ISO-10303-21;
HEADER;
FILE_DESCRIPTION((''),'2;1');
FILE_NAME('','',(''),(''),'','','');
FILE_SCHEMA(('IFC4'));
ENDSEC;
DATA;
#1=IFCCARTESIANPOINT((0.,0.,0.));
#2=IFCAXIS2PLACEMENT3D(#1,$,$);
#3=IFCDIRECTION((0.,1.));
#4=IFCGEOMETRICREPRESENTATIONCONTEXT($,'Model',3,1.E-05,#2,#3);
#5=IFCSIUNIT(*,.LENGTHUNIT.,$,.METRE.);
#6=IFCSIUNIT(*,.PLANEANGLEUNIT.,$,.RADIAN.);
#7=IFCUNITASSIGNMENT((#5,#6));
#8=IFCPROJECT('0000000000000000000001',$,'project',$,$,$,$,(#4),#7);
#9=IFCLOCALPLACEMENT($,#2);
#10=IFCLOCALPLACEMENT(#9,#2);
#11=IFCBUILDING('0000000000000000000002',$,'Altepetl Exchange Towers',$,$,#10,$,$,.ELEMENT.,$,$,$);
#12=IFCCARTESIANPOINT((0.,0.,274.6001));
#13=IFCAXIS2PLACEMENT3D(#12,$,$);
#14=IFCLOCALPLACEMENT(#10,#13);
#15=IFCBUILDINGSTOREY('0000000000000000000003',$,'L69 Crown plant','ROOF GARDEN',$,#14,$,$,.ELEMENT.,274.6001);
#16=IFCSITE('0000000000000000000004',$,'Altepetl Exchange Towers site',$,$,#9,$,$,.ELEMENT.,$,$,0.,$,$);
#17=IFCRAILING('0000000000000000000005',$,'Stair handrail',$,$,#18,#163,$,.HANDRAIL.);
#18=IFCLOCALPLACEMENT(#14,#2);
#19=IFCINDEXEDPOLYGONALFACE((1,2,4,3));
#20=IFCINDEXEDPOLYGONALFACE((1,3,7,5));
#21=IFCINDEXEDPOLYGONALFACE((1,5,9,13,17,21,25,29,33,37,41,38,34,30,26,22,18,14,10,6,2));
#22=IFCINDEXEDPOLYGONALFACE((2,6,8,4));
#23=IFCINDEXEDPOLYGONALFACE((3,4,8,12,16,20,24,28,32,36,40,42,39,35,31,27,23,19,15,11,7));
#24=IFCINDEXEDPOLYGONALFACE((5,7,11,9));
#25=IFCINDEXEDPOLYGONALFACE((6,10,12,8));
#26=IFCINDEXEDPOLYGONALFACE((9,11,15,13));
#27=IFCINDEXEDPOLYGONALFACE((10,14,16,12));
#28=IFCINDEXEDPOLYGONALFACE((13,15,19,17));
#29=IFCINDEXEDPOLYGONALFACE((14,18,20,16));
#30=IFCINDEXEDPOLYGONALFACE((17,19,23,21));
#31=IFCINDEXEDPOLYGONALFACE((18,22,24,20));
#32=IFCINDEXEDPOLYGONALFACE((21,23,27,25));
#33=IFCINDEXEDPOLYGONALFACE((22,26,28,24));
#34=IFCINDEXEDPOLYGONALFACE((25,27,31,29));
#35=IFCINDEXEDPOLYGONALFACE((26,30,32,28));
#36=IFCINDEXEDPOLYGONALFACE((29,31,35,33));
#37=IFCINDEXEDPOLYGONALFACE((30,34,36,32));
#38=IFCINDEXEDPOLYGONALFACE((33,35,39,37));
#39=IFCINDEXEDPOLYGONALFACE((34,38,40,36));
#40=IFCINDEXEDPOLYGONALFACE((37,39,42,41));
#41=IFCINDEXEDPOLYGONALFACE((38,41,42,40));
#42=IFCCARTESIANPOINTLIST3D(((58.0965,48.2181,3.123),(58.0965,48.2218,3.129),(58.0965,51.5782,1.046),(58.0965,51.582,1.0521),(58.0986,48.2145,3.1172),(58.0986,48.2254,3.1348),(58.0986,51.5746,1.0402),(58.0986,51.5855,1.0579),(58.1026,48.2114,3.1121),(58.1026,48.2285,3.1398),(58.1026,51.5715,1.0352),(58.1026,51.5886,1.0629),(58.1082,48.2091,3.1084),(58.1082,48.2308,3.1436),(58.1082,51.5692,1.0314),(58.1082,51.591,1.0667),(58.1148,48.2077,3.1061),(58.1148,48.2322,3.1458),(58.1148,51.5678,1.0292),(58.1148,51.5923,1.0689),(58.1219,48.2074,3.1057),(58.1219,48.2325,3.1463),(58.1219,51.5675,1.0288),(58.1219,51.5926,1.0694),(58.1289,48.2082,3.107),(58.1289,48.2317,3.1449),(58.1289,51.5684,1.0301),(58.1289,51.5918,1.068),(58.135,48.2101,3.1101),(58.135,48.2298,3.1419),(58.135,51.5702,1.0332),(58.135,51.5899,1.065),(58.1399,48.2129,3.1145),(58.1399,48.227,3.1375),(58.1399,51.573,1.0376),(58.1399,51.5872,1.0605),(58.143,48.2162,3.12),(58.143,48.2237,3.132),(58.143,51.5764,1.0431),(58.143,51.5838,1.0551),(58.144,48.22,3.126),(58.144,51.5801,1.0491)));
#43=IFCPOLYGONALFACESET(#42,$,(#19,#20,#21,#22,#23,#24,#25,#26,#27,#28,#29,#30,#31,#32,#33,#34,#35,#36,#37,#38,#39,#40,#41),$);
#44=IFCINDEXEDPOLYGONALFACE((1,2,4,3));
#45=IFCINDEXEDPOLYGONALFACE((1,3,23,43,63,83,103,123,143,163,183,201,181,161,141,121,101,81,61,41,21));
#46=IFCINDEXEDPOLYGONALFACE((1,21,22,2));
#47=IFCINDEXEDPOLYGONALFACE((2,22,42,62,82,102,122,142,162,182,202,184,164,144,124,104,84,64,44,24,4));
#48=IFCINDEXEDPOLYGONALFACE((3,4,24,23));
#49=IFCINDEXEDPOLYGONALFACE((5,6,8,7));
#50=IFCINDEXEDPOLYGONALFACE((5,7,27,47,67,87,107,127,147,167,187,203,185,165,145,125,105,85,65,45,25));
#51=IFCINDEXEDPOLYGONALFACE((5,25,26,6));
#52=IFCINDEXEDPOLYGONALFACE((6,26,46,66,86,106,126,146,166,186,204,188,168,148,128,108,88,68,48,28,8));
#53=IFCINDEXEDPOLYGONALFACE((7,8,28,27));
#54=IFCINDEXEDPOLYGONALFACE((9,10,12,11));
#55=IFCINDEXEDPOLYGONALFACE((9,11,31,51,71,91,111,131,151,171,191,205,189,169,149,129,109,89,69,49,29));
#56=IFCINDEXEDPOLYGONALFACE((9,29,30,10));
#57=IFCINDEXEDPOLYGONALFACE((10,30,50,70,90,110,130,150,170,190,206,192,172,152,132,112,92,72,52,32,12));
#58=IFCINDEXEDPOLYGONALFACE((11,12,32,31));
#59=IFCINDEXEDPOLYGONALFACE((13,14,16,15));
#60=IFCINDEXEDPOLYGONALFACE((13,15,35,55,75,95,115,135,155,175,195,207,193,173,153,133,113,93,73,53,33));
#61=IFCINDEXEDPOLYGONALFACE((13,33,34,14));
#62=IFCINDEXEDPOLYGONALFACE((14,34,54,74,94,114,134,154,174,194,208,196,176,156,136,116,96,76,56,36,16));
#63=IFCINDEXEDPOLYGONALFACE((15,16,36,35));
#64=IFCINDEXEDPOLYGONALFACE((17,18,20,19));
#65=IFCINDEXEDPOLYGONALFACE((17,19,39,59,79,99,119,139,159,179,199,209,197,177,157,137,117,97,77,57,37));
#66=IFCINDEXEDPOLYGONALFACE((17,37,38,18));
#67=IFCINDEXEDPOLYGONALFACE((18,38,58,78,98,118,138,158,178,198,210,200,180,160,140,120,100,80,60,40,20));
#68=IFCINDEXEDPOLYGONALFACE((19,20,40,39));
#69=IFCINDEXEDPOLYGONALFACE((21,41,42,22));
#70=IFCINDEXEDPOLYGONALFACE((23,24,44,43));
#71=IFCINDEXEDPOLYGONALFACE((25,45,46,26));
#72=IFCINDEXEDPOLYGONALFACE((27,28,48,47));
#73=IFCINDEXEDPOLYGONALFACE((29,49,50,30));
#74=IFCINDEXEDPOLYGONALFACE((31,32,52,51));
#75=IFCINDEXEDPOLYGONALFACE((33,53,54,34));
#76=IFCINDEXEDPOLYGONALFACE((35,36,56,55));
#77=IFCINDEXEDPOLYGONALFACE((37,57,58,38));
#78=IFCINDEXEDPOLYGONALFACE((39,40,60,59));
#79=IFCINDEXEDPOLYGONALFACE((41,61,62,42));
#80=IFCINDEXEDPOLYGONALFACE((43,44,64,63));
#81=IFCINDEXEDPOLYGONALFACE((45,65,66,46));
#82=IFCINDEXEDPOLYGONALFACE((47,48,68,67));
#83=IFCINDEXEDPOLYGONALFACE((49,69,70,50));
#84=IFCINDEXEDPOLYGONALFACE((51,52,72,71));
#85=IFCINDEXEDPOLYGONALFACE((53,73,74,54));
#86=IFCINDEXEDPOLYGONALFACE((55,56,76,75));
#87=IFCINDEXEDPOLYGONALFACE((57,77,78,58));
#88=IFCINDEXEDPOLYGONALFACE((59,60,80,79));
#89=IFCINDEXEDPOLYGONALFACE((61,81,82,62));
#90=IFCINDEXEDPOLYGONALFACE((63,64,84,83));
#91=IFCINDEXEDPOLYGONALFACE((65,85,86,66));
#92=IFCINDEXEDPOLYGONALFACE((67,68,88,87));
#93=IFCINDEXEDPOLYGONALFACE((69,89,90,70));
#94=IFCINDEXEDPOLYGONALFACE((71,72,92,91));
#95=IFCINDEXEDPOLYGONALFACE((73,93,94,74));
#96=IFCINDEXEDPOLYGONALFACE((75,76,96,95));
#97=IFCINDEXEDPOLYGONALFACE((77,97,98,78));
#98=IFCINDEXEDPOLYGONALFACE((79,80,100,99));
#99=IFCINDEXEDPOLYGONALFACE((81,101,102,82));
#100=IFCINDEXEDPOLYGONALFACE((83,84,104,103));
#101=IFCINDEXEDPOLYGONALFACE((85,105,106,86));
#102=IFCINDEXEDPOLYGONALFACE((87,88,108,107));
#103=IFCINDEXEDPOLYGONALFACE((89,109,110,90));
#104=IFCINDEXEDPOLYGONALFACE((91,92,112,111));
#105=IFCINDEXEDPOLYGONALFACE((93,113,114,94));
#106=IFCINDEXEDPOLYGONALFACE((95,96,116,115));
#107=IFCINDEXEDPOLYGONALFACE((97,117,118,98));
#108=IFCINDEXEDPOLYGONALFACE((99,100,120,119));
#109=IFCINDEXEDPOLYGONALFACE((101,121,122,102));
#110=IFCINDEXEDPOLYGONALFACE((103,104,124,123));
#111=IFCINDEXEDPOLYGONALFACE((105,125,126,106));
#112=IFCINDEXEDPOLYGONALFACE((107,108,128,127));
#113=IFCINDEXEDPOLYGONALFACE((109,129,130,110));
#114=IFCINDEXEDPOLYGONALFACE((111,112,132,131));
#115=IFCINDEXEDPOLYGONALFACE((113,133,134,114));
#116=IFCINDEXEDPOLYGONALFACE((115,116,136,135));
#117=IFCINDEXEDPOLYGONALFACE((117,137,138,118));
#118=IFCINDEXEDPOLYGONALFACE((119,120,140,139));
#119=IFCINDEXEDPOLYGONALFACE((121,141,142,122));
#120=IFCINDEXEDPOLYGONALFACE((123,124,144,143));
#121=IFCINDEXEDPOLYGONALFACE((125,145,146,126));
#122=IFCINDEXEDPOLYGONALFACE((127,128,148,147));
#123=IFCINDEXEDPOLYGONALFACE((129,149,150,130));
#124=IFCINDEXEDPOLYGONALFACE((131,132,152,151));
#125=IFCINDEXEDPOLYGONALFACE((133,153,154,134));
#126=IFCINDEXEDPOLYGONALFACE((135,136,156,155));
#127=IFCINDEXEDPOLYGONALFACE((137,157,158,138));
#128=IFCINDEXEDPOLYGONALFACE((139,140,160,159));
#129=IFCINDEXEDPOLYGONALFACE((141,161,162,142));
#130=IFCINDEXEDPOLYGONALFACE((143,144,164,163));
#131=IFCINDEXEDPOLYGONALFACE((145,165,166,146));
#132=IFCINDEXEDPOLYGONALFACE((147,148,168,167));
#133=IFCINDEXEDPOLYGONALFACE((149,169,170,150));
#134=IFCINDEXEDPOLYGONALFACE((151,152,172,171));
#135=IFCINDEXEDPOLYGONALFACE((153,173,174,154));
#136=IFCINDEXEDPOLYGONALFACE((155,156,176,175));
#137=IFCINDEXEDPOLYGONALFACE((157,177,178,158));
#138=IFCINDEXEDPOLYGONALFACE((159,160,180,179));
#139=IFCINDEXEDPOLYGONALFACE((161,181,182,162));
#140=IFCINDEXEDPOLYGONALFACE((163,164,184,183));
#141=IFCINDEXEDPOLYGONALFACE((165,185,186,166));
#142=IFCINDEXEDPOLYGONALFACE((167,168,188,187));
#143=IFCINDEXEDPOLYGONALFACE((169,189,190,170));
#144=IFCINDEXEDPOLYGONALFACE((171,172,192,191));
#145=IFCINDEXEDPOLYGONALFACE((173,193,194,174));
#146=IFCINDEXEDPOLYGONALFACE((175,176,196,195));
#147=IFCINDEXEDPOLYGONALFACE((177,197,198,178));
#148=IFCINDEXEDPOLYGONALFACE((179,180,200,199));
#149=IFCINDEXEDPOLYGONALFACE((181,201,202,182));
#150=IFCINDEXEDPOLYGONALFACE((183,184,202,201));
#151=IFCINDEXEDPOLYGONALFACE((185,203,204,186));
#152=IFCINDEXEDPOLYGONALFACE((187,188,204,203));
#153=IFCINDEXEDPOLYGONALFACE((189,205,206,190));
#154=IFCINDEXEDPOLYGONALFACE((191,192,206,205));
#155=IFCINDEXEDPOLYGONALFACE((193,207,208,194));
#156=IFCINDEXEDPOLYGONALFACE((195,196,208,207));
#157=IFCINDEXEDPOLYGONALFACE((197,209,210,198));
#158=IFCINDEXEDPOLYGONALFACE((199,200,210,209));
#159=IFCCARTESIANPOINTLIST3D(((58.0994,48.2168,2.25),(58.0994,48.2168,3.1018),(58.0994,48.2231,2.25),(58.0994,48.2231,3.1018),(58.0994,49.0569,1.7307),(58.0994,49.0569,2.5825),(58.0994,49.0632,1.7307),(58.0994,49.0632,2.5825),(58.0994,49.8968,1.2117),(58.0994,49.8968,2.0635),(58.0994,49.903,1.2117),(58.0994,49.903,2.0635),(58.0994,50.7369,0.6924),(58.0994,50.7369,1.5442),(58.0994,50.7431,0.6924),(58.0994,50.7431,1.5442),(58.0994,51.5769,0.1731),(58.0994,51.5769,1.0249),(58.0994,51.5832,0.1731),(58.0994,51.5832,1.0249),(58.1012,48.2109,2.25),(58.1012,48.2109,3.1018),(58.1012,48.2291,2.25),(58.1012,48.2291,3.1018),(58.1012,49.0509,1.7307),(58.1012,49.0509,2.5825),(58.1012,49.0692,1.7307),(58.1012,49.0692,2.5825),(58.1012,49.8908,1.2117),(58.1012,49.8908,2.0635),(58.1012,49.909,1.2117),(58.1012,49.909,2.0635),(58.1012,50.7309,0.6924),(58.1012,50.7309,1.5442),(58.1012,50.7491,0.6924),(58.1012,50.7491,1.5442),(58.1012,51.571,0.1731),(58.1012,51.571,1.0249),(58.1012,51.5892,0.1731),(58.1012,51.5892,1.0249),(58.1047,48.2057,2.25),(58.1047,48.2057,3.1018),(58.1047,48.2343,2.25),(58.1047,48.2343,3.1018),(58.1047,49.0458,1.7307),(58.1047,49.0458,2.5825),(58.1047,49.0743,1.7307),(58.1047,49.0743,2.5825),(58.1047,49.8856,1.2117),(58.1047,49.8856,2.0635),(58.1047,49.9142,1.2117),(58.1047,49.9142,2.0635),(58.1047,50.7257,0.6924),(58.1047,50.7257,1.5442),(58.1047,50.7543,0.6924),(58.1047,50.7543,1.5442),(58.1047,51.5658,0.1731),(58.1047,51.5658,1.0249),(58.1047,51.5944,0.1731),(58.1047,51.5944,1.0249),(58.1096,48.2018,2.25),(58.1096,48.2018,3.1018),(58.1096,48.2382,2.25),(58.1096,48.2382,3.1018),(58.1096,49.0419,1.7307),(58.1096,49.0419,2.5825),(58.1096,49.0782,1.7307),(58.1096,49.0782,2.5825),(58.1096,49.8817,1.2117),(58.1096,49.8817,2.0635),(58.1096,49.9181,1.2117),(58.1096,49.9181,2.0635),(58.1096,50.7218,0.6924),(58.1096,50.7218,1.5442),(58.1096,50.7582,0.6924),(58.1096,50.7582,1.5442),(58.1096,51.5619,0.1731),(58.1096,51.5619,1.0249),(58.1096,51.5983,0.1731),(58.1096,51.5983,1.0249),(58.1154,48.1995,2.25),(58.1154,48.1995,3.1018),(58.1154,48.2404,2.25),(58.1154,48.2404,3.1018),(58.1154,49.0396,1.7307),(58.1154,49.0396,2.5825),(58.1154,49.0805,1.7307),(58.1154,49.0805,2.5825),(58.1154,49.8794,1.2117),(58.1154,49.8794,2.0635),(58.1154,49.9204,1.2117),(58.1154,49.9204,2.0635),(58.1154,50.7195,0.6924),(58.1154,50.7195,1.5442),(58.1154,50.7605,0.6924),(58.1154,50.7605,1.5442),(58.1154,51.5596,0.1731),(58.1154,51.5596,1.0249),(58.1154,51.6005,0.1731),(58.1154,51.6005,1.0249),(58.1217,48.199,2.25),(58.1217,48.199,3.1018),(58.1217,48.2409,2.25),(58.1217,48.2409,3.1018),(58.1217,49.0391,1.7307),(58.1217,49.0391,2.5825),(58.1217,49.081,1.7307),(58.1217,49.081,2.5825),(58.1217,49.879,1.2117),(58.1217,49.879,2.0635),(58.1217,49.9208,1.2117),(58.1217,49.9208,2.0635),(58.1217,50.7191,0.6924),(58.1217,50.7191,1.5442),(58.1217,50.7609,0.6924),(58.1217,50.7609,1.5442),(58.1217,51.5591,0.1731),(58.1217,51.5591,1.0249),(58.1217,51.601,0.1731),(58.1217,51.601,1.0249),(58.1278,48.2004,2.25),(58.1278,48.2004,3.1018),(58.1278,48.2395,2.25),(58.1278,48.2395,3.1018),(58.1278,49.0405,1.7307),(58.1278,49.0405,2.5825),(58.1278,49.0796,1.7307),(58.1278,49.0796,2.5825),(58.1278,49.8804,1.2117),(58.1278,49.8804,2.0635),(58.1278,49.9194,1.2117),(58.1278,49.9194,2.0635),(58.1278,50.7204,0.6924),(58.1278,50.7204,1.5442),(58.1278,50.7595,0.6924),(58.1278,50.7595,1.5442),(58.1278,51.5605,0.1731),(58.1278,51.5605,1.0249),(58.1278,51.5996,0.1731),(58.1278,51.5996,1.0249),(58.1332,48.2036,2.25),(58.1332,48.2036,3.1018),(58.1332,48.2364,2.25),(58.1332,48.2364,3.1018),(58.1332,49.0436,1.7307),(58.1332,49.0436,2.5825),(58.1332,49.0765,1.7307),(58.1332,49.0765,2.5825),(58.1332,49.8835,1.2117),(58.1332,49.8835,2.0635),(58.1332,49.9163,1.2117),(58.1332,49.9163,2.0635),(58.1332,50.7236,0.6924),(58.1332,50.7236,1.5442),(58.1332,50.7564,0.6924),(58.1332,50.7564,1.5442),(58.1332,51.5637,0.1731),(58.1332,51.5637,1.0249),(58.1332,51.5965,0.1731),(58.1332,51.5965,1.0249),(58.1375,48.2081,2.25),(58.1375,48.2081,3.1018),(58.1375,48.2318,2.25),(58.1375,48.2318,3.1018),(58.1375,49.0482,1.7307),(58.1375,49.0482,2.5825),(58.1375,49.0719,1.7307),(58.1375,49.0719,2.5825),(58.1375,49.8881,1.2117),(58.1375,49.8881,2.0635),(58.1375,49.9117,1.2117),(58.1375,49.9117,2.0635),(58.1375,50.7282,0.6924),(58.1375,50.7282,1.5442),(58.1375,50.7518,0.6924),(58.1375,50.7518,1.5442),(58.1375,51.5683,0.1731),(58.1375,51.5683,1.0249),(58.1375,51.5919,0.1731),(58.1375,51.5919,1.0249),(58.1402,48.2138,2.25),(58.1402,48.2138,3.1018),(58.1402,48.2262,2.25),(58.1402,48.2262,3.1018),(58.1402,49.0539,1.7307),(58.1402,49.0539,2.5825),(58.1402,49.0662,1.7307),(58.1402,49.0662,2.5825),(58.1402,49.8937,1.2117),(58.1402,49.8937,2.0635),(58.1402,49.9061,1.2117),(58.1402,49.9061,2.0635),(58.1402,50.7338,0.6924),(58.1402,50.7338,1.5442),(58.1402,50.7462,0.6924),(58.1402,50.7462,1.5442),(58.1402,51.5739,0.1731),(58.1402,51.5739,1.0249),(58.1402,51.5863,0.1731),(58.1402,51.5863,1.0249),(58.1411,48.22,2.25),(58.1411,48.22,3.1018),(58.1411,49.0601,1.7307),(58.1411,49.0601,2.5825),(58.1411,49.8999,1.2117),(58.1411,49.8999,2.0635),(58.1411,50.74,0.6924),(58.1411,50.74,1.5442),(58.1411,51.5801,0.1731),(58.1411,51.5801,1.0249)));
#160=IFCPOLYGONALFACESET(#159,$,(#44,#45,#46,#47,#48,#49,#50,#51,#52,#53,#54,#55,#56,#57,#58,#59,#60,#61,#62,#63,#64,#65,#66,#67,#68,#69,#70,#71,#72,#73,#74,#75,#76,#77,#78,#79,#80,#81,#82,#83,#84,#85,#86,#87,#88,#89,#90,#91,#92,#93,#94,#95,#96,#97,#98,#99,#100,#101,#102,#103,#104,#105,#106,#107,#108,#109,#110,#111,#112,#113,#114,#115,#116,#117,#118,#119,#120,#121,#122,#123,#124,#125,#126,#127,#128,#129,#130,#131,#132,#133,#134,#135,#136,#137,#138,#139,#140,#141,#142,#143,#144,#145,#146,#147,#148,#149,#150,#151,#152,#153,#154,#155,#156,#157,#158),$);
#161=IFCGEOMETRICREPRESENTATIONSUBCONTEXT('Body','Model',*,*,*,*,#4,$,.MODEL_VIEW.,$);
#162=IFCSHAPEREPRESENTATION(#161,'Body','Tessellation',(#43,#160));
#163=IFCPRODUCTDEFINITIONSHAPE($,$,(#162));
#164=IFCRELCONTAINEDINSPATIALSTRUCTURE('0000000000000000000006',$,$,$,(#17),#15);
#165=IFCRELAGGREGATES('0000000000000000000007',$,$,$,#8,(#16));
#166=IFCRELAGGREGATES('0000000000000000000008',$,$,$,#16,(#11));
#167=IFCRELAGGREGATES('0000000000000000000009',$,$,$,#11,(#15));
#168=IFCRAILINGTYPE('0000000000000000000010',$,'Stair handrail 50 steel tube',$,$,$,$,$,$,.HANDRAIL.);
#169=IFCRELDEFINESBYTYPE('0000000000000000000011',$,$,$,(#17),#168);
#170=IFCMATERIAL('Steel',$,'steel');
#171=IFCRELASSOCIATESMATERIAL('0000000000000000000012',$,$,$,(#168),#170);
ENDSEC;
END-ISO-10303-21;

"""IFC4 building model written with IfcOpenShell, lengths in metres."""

from ifc_helpers import new_model, si_unit, direction, frame, origin, origin_2d, place, context, subcontext, project, spatial, circle, extrude, source, transform, mapped, material, type_object, element, save


model = new_model("IFC4")

# Units and contexts
model_context = context("Model", 3, precision=1e-05, world=origin(), true_north=direction((0.0, 1.0)))
body_context = subcontext(model_context, "Body", "Model", "MODEL_VIEW")
ifc_project = project(units=[si_unit("LENGTHUNIT", "METRE"), si_unit("PLANEANGLEUNIT", "RADIAN")], contexts=[model_context])

# Site, building, storey
site_placement = place(None, origin())
site = spatial("IfcSite", under=ifc_project, at=site_placement, Name="Altepetl Exchange Towers site", CompositionType="ELEMENT", RefElevation=0.0)
building_placement = place(site_placement, origin())
building = spatial("IfcBuilding", under=site, at=building_placement, Name="Altepetl Exchange Towers", CompositionType="ELEMENT")
storey_placement = place(building_placement, frame((0.0, 0.0, 274.6001)))
storey = spatial("IfcBuildingStorey", under=building, at=storey_placement, Name="L69 Crown plant", Description="ROOF GARDEN", CompositionType="ELEMENT", Elevation=274.6001)

# Railing
ifc_material_1 = material(Name="Steel", Category="steel")
railing_type_1 = type_object("IfcRailingType", Name="Stair handrail 50 steel tube", PredefinedType="HANDRAIL", material=ifc_material_1)
shared_shape_1 = source(origin(), body_context, "Body", "SweptSolid", [
    extrude(circle(Radius=0.021, at=origin_2d()), origin(), (0.0, 0.0, 1.0), 0.8518),
])
railing_1_placement = place(storey_placement, frame((58.1201, 51.5801, 0.1731)))
element("IfcRailing", 1, at=railing_1_placement, inside=storey, type_object=railing_type_1, Name="Stair handrail", PredefinedType="HANDRAIL", context=body_context, shape_type="SweptSolid", body=[
    extrude(circle(Radius=0.0239, at=origin_2d()), frame((0.0, 0.0, 0.876), z_axis=(0.0, -0.850623, 0.525776), x_axis=(1.0, 0.0, 0.0)), (0.0, 0.0, 1.0), 3.9502),
    mapped(shared_shape_1, transform((0.0, 0.0, 0.0))),
    mapped(shared_shape_1, transform((0.0, -0.8401, 0.5193))),
    mapped(shared_shape_1, transform((0.0, -1.6802, 1.0386))),
    mapped(shared_shape_1, transform((0.0, -2.52, 1.5576))),
    mapped(shared_shape_1, transform((0.0, -3.3601, 2.0769))),
])

save(model, "model.ifc")
